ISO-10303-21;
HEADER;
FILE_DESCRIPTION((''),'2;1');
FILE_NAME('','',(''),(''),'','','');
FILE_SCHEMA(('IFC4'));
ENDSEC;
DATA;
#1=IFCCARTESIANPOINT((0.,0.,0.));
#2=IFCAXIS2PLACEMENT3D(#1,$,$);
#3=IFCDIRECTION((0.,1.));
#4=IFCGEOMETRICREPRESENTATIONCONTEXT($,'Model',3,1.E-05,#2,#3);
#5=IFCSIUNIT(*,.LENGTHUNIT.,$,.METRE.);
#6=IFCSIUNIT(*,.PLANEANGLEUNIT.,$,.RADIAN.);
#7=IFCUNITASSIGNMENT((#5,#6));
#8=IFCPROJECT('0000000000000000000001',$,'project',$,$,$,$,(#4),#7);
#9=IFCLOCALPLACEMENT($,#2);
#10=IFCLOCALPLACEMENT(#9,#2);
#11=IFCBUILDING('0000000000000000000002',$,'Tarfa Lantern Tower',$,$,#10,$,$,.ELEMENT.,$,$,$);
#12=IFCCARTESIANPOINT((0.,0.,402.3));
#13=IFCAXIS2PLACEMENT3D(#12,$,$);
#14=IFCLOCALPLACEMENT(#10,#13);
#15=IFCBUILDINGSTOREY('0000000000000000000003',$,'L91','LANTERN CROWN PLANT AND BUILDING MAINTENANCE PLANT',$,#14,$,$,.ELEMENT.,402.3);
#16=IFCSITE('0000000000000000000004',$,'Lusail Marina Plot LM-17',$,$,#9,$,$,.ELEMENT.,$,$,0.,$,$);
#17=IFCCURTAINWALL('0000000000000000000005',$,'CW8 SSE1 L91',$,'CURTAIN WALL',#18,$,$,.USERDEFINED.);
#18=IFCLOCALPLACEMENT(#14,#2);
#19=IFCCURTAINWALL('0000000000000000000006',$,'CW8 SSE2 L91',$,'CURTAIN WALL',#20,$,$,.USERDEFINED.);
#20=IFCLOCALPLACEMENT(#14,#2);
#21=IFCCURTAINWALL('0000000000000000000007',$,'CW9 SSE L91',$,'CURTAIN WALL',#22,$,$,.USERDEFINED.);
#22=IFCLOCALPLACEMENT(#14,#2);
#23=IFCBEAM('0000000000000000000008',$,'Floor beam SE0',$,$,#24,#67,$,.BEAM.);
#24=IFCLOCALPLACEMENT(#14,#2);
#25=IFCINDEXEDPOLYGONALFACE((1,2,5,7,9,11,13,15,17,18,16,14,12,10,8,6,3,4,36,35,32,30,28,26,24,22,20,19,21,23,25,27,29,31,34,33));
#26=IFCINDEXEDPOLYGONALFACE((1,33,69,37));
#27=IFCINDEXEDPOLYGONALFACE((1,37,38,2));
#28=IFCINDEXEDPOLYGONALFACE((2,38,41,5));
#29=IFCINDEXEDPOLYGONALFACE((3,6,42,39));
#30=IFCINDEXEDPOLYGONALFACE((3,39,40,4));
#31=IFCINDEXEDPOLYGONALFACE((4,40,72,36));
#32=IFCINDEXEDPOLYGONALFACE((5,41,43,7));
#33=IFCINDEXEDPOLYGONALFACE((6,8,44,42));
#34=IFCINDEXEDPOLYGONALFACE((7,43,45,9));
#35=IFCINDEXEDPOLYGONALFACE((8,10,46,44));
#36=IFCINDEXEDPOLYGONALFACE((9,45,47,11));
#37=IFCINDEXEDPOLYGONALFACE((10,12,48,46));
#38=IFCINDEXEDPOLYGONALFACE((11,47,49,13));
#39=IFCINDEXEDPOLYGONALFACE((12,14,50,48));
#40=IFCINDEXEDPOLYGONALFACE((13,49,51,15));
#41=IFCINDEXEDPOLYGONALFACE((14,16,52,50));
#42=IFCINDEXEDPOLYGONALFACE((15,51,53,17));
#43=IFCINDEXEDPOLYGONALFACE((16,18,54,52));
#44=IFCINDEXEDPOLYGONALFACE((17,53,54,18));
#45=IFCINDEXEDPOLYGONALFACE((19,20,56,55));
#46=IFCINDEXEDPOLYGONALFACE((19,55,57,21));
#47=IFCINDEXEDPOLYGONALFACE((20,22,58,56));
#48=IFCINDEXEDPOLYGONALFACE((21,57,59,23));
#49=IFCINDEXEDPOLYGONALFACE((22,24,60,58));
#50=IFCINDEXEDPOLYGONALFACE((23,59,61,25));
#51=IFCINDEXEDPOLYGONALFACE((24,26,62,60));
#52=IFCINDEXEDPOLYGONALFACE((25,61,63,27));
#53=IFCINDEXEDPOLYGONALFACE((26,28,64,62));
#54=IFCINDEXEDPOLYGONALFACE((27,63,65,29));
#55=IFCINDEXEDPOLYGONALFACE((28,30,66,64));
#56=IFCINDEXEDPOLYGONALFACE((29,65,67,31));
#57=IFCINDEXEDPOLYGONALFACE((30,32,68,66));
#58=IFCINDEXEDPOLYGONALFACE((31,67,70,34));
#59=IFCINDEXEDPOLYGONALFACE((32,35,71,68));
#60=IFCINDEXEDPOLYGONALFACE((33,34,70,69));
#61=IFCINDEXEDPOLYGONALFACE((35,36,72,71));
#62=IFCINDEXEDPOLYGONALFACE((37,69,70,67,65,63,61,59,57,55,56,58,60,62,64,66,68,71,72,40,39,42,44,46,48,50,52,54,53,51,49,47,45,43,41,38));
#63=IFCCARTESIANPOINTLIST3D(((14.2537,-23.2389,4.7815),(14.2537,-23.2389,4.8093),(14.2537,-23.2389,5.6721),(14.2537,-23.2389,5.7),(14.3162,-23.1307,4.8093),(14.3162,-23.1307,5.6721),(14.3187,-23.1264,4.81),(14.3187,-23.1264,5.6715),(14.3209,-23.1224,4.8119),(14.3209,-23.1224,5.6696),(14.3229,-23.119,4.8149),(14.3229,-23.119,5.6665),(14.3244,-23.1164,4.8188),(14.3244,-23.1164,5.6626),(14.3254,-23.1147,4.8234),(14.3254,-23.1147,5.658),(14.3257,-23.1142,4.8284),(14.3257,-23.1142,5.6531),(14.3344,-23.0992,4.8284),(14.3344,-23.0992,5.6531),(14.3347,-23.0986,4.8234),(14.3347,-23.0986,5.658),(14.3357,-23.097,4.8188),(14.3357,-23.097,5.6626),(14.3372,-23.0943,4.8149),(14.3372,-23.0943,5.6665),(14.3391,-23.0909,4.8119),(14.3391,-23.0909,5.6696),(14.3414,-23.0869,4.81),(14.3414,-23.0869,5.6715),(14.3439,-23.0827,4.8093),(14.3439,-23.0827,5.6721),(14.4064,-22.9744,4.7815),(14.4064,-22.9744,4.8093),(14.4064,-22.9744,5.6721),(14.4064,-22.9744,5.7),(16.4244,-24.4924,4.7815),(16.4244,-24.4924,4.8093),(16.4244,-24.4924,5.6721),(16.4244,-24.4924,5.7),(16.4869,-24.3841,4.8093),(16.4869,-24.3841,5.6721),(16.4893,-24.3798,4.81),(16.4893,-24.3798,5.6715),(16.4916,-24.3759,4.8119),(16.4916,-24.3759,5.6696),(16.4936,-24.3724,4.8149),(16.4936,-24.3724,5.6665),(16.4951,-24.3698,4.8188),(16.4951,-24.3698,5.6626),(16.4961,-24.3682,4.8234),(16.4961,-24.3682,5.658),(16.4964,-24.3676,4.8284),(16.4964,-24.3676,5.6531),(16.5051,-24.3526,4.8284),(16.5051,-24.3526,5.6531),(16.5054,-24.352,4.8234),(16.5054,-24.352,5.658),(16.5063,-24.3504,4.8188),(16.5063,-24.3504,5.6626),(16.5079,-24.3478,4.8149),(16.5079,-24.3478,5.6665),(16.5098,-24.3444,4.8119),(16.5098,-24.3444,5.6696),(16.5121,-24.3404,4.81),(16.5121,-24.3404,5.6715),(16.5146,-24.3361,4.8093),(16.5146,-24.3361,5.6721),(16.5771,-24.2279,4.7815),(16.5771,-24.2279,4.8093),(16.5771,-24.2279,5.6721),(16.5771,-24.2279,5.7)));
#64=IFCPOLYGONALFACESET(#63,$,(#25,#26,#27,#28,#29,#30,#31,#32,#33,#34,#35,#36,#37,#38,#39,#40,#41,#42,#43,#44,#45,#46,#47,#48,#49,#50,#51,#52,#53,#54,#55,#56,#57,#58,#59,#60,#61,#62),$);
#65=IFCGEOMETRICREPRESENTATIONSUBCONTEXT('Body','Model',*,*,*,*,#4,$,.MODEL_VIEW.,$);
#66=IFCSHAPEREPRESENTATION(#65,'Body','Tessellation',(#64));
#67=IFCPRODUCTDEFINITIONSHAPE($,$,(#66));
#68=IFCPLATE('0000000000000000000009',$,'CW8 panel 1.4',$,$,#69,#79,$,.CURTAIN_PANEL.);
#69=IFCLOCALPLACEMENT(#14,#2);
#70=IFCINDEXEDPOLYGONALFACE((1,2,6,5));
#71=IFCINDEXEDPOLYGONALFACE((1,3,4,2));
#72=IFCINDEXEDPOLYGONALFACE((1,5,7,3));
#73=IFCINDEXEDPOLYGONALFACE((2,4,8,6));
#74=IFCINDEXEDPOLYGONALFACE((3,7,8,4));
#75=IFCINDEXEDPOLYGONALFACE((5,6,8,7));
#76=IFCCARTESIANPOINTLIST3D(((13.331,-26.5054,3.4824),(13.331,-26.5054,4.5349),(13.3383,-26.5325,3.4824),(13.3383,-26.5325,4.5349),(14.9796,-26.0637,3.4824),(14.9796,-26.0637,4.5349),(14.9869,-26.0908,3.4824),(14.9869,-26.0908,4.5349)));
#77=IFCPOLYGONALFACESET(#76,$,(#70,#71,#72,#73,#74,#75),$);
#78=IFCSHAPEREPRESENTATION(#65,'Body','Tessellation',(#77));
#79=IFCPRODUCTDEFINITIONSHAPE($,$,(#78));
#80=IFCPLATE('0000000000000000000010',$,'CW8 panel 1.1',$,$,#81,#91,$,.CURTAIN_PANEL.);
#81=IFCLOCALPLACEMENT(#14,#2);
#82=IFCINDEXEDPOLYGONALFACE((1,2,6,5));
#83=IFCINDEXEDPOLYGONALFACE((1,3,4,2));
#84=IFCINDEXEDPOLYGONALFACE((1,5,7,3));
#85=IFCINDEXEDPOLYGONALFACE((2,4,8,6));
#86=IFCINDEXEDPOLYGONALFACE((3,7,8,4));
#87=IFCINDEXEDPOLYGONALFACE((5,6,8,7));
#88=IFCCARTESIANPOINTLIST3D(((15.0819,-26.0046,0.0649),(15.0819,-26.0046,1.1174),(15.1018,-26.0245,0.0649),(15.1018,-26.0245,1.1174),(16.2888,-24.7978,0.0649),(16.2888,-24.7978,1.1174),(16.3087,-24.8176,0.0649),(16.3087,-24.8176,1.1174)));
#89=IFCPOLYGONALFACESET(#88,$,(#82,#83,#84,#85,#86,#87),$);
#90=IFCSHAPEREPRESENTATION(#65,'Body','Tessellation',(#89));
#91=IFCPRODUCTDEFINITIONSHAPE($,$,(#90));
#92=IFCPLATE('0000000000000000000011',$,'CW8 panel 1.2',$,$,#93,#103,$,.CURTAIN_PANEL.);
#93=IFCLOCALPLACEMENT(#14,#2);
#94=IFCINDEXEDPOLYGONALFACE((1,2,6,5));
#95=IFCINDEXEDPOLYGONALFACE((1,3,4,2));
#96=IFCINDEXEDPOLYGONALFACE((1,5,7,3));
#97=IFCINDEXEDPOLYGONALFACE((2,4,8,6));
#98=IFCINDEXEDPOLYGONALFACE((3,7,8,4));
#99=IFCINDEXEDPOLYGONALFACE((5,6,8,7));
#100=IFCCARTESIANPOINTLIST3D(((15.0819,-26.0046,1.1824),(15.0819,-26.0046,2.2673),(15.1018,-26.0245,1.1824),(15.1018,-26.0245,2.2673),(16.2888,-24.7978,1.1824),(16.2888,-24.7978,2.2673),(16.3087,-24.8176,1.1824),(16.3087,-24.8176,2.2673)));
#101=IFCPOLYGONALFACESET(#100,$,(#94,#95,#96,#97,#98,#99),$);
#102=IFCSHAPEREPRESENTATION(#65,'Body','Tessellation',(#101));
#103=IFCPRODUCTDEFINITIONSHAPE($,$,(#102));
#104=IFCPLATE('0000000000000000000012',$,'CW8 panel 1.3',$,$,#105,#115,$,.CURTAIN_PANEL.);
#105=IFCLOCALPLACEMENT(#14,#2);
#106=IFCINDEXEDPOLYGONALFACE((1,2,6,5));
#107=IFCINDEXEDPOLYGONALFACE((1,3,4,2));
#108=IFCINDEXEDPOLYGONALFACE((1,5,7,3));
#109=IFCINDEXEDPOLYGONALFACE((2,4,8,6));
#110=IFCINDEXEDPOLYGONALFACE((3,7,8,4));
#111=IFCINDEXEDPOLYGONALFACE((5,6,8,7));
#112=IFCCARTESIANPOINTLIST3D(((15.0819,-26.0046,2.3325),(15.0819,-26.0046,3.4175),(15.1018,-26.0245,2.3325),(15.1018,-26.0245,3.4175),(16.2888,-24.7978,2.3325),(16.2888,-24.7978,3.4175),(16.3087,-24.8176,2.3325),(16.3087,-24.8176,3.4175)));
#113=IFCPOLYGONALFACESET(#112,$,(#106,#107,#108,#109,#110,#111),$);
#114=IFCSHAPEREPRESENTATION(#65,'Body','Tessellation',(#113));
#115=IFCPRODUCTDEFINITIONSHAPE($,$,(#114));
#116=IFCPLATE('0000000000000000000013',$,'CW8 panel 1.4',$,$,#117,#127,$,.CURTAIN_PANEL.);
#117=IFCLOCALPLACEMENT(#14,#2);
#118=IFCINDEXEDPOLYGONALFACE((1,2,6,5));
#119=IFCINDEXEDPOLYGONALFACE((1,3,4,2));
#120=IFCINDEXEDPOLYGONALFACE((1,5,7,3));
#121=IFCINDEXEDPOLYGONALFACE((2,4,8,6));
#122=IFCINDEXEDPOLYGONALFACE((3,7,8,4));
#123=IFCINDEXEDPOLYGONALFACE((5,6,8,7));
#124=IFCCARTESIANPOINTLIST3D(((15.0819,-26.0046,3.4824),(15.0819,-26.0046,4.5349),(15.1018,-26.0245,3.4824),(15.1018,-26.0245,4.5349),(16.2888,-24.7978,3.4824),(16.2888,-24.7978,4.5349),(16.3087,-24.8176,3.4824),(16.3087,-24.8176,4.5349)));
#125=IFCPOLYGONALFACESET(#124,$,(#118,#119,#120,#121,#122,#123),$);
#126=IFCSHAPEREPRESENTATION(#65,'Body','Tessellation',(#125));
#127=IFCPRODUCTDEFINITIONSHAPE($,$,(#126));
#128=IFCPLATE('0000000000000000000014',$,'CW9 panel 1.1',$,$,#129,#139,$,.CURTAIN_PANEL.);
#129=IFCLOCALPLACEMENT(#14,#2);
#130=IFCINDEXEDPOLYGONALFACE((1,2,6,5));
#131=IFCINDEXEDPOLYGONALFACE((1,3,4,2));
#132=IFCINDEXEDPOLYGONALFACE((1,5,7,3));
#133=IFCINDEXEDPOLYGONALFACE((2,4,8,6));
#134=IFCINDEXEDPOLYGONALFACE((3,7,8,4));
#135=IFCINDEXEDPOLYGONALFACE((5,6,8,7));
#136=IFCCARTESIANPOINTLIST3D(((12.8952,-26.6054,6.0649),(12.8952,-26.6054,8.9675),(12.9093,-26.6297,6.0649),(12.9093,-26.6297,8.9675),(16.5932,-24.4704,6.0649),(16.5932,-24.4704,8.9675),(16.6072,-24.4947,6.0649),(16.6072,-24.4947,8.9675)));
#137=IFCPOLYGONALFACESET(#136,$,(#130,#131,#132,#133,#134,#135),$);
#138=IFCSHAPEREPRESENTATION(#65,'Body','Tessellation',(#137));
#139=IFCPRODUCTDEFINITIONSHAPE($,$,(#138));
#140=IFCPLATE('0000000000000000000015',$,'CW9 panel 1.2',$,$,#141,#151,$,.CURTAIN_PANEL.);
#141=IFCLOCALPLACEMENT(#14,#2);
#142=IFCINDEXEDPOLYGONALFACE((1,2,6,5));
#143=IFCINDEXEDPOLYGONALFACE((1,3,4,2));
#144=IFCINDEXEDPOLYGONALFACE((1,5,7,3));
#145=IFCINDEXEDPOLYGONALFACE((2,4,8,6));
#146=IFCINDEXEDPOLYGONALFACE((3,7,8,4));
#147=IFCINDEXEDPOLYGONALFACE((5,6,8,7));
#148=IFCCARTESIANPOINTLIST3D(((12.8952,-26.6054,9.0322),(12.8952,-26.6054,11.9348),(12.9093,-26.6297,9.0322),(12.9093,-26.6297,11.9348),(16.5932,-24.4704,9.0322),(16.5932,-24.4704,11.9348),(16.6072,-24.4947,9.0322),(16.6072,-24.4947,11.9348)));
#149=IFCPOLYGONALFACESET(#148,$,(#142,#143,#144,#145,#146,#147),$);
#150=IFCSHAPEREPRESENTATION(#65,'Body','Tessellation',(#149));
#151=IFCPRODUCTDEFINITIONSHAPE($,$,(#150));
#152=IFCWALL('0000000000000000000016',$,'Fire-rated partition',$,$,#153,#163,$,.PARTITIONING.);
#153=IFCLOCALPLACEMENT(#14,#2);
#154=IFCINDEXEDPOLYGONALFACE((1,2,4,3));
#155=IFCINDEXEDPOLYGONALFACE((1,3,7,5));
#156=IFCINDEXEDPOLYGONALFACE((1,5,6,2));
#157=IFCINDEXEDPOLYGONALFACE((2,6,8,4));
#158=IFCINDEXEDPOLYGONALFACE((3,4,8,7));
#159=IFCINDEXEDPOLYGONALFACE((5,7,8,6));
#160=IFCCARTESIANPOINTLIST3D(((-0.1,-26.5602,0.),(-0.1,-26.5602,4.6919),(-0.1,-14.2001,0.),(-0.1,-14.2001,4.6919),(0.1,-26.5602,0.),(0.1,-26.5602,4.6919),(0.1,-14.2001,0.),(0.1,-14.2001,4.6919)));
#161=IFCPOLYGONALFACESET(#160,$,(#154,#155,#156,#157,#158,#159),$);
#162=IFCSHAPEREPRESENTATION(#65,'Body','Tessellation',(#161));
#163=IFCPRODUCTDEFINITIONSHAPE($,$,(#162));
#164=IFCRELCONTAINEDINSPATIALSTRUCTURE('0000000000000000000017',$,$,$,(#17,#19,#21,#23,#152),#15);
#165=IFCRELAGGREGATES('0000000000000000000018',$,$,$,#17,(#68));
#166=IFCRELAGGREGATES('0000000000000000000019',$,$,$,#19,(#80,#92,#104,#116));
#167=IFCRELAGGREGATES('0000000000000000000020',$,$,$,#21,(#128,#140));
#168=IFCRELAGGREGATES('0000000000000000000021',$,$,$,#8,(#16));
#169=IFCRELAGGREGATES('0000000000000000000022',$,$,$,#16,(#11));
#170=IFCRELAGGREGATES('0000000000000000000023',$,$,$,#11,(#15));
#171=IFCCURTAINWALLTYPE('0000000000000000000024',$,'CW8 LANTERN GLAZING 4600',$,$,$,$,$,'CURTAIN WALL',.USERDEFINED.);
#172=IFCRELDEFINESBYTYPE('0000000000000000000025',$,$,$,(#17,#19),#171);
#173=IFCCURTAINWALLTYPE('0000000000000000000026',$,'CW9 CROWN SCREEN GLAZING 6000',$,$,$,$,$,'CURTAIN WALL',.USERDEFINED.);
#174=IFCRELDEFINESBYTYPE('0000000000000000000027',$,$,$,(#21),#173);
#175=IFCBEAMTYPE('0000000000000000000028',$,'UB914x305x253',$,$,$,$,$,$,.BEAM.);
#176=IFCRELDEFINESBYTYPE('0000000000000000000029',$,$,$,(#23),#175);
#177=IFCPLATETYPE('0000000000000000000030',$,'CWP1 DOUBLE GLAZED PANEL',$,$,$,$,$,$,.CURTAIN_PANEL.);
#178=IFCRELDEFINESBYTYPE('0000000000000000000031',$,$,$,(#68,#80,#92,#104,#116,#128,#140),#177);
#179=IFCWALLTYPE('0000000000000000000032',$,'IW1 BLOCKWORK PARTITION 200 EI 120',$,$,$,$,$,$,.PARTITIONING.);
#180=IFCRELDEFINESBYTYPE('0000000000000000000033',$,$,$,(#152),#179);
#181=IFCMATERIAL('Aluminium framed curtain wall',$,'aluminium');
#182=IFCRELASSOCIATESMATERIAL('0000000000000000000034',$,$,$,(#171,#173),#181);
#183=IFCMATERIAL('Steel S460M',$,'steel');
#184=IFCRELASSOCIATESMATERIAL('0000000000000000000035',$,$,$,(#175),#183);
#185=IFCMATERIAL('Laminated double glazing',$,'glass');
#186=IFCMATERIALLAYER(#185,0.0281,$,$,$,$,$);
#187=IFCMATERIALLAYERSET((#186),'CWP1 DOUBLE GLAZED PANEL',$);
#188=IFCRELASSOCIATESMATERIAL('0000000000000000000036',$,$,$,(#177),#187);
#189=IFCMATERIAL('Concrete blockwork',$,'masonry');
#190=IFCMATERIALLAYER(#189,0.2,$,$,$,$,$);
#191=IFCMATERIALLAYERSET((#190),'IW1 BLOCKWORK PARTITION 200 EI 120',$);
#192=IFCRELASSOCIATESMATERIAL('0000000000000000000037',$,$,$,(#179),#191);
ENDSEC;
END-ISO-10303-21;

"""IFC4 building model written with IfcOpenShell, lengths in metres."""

from ifc_helpers import new_model, si_unit, direction, frame, frame_2d, origin, origin_2d, place, context, subcontext, project, spatial, rectangle, i_section, extrude, material, layer, layer_set, material_profile, profile_set, type_object, element, aggregate, save


model = new_model("IFC4")

# Units and contexts
model_context = context("Model", 3, precision=1e-05, world=origin(), true_north=direction((0.0, 1.0)))
body_context = subcontext(model_context, "Body", "Model", "MODEL_VIEW")
ifc_project = project(units=[si_unit("LENGTHUNIT", "METRE"), si_unit("PLANEANGLEUNIT", "RADIAN")], contexts=[model_context])

# Site, building, storey
site_placement = place(None, origin())
site = spatial("IfcSite", under=ifc_project, at=site_placement, Name="Lusail Marina Plot LM-17", CompositionType="ELEMENT", RefElevation=0.0)
building_placement = place(site_placement, origin())
building = spatial("IfcBuilding", under=site, at=building_placement, Name="Tarfa Lantern Tower", CompositionType="ELEMENT")
storey_placement = place(building_placement, frame((0.0, 0.0, 402.3)))
storey = spatial("IfcBuildingStorey", under=building, at=storey_placement, Name="L91", Description="LANTERN CROWN PLANT AND BUILDING MAINTENANCE PLANT", CompositionType="ELEMENT", Elevation=402.3)

# Curtain wall
ifc_material_1 = material(Name="Aluminium framed curtain wall", Category="aluminium")
curtain_wall_type_1 = type_object("IfcCurtainWallType", Name="CW8 LANTERN GLAZING 4600", ElementType="CURTAIN WALL", PredefinedType="USERDEFINED", material=ifc_material_1)
curtain_wall_1_placement = place(storey_placement, origin())
curtain_wall_1 = element("IfcCurtainWall", 1, at=curtain_wall_1_placement, inside=storey, type_object=curtain_wall_type_1, Name="CW8 SSE1 L91", ObjectType="CURTAIN WALL", PredefinedType="USERDEFINED")

# Curtain wall
curtain_wall_2_placement = place(storey_placement, origin())
curtain_wall_2 = element("IfcCurtainWall", 2, at=curtain_wall_2_placement, inside=storey, type_object=curtain_wall_type_1, Name="CW8 SSE2 L91", ObjectType="CURTAIN WALL", PredefinedType="USERDEFINED")

# Curtain wall
curtain_wall_type_2 = type_object("IfcCurtainWallType", Name="CW9 CROWN SCREEN GLAZING 6000", ElementType="CURTAIN WALL", PredefinedType="USERDEFINED", material=ifc_material_1)
curtain_wall_3_placement = place(storey_placement, origin())
curtain_wall_3 = element("IfcCurtainWall", 3, at=curtain_wall_3_placement, inside=storey, type_object=curtain_wall_type_2, Name="CW9 SSE L91", ObjectType="CURTAIN WALL", PredefinedType="USERDEFINED")

# Beam
ifc_material_2 = material(Name="Steel S460M", Category="steel")
ifc_material_profile_1 = material_profile(ifc_material_2, i_section(OverallWidth=0.3054, OverallDepth=0.9185, WebThickness=0.0173, FlangeThickness=0.0278, FilletRadius=0.019, at=origin_2d()), Name="UB914x305x253")
ifc_profile_set_1 = profile_set([ifc_material_profile_1], Name="Steel S460M")
beam_type_1 = type_object("IfcBeamType", Name="UB914x305x253", PredefinedType="BEAM", material=ifc_profile_set_1)
beam_1_placement = place(storey_placement, frame((16.5007, -24.3601, 5.2407), z_axis=(-0.865993, 0.500057, 0.0), x_axis=(-0.500057, -0.865993, 0.0)))
element("IfcBeam", 4, at=beam_1_placement, inside=storey, type_object=beam_type_1, Name="Floor beam SE0", PredefinedType="BEAM", context=body_context, shape_type="SweptSolid", body=[
    extrude(i_section(OverallWidth=0.3054, OverallDepth=0.9185, WebThickness=0.0173, FlangeThickness=0.0278, FilletRadius=0.019, at=origin_2d()), origin(), (0.0, 0.0, 1.0), 2.5066),
])

# Plates
ifc_material_3 = material(Name="Laminated double glazing", Category="glass")
ifc_layer_1 = layer(ifc_material_3, 0.0281)
ifc_layer_set_1 = layer_set([ifc_layer_1], Name="CWP1 DOUBLE GLAZED PANEL")
plate_type = type_object("IfcPlateType", Name="CWP1 DOUBLE GLAZED PANEL", PredefinedType="CURTAIN_PANEL", material=ifc_layer_set_1)
plate_1_placement = place(storey_placement, frame((14.1589, -26.2981, 3.4824), z_axis=(0.0, 0.0, 1.0), x_axis=(0.965926, 0.258819, 0.0)))
plate_1 = element("IfcPlate", 5, at=plate_1_placement, type_object=plate_type, Name="CW8 panel 1.4", PredefinedType="CURTAIN_PANEL", context=body_context, shape_type="SweptSolid", body=[
    extrude(rectangle(XDim=1.7068, YDim=0.0281, at=origin_2d()), origin(), (0.0, 0.0, 1.0), 1.0525),
])
aggregate(curtain_wall_1, [plate_1])
plate_2_placement = place(storey_placement, frame((15.6953, -25.4111, 0.0649), z_axis=(0.0, 0.0, 1.0), x_axis=(0.707107, 0.707107, 0.0)))
plate_2 = element("IfcPlate", 6, at=plate_2_placement, type_object=plate_type, Name="CW8 panel 1.1", PredefinedType="CURTAIN_PANEL", context=body_context, shape_type="SweptSolid", body=[
    extrude(rectangle(XDim=1.7068, YDim=0.0281, at=origin_2d()), origin(), (0.0, 0.0, 1.0), 1.0525),
])
plate_3_placement = place(storey_placement, frame((15.6953, -25.4111, 1.1824), z_axis=(0.0, 0.0, 1.0), x_axis=(0.707107, 0.707107, 0.0)))
plate_3 = element("IfcPlate", 7, at=plate_3_placement, type_object=plate_type, Name="CW8 panel 1.2", PredefinedType="CURTAIN_PANEL", context=body_context, shape_type="SweptSolid", body=[
    extrude(rectangle(XDim=1.7068, YDim=0.0281, at=origin_2d()), origin(), (0.0, 0.0, 1.0), 1.085),
])
plate_4_placement = place(storey_placement, frame((15.6953, -25.4111, 2.3325), z_axis=(0.0, 0.0, 1.0), x_axis=(0.707107, 0.707107, 0.0)))
plate_4 = element("IfcPlate", 8, at=plate_4_placement, type_object=plate_type, Name="CW8 panel 1.3", PredefinedType="CURTAIN_PANEL", context=body_context, shape_type="SweptSolid", body=[
    extrude(rectangle(XDim=1.7068, YDim=0.0281, at=origin_2d()), origin(), (0.0, 0.0, 1.0), 1.085),
])
plate_5_placement = place(storey_placement, frame((15.6953, -25.4111, 3.4824), z_axis=(0.0, 0.0, 1.0), x_axis=(0.707107, 0.707107, 0.0)))
plate_5 = element("IfcPlate", 9, at=plate_5_placement, type_object=plate_type, Name="CW8 panel 1.4", PredefinedType="CURTAIN_PANEL", context=body_context, shape_type="SweptSolid", body=[
    extrude(rectangle(XDim=1.7068, YDim=0.0281, at=origin_2d()), origin(), (0.0, 0.0, 1.0), 1.0525),
])
aggregate(curtain_wall_2, [plate_2, plate_3, plate_4, plate_5])
plate_6_placement = place(storey_placement, frame((14.7512, -25.55, 6.0649), z_axis=(0.0, 0.0, 1.0), x_axis=(0.866025, 0.5, 0.0)))
plate_6 = element("IfcPlate", 10, at=plate_6_placement, type_object=plate_type, Name="CW9 panel 1.1", PredefinedType="CURTAIN_PANEL", context=body_context, shape_type="SweptSolid", body=[
    extrude(rectangle(XDim=4.27, YDim=0.0281, at=origin_2d()), origin(), (0.0, 0.0, 1.0), 2.9026),
])
plate_7_placement = place(storey_placement, frame((14.7512, -25.55, 9.0322), z_axis=(0.0, 0.0, 1.0), x_axis=(0.866025, 0.5, 0.0)))
plate_7 = element("IfcPlate", 11, at=plate_7_placement, type_object=plate_type, Name="CW9 panel 1.2", PredefinedType="CURTAIN_PANEL", context=body_context, shape_type="SweptSolid", body=[
    extrude(rectangle(XDim=4.27, YDim=0.0281, at=origin_2d()), origin(), (0.0, 0.0, 1.0), 2.9026),
])
aggregate(curtain_wall_3, [plate_6, plate_7])

# Wall
ifc_material_4 = material(Name="Concrete blockwork", Category="masonry")
ifc_layer_2 = layer(ifc_material_4, 0.2)
ifc_layer_set_2 = layer_set([ifc_layer_2], Name="IW1 BLOCKWORK PARTITION 200 EI 120")
wall_type = type_object("IfcWallType", Name="IW1 BLOCKWORK PARTITION 200 EI 120", PredefinedType="PARTITIONING", material=ifc_layer_set_2)
wall_placement = place(storey_placement, frame((0.0, -14.2, 0.0), z_axis=(0.0, 0.0, 1.0), x_axis=(0.0, -1.0, 0.0)))
element("IfcWall", 12, at=wall_placement, inside=storey, type_object=wall_type, Name="Fire-rated partition", PredefinedType="PARTITIONING", context=body_context, shape_type="SweptSolid", body=[
    extrude(rectangle(XDim=12.3601, YDim=0.2, at=frame_2d((6.1802, 0.0))), origin(), (0.0, 0.0, 1.0), 4.6919),
])

save(model, "model.ifc")
